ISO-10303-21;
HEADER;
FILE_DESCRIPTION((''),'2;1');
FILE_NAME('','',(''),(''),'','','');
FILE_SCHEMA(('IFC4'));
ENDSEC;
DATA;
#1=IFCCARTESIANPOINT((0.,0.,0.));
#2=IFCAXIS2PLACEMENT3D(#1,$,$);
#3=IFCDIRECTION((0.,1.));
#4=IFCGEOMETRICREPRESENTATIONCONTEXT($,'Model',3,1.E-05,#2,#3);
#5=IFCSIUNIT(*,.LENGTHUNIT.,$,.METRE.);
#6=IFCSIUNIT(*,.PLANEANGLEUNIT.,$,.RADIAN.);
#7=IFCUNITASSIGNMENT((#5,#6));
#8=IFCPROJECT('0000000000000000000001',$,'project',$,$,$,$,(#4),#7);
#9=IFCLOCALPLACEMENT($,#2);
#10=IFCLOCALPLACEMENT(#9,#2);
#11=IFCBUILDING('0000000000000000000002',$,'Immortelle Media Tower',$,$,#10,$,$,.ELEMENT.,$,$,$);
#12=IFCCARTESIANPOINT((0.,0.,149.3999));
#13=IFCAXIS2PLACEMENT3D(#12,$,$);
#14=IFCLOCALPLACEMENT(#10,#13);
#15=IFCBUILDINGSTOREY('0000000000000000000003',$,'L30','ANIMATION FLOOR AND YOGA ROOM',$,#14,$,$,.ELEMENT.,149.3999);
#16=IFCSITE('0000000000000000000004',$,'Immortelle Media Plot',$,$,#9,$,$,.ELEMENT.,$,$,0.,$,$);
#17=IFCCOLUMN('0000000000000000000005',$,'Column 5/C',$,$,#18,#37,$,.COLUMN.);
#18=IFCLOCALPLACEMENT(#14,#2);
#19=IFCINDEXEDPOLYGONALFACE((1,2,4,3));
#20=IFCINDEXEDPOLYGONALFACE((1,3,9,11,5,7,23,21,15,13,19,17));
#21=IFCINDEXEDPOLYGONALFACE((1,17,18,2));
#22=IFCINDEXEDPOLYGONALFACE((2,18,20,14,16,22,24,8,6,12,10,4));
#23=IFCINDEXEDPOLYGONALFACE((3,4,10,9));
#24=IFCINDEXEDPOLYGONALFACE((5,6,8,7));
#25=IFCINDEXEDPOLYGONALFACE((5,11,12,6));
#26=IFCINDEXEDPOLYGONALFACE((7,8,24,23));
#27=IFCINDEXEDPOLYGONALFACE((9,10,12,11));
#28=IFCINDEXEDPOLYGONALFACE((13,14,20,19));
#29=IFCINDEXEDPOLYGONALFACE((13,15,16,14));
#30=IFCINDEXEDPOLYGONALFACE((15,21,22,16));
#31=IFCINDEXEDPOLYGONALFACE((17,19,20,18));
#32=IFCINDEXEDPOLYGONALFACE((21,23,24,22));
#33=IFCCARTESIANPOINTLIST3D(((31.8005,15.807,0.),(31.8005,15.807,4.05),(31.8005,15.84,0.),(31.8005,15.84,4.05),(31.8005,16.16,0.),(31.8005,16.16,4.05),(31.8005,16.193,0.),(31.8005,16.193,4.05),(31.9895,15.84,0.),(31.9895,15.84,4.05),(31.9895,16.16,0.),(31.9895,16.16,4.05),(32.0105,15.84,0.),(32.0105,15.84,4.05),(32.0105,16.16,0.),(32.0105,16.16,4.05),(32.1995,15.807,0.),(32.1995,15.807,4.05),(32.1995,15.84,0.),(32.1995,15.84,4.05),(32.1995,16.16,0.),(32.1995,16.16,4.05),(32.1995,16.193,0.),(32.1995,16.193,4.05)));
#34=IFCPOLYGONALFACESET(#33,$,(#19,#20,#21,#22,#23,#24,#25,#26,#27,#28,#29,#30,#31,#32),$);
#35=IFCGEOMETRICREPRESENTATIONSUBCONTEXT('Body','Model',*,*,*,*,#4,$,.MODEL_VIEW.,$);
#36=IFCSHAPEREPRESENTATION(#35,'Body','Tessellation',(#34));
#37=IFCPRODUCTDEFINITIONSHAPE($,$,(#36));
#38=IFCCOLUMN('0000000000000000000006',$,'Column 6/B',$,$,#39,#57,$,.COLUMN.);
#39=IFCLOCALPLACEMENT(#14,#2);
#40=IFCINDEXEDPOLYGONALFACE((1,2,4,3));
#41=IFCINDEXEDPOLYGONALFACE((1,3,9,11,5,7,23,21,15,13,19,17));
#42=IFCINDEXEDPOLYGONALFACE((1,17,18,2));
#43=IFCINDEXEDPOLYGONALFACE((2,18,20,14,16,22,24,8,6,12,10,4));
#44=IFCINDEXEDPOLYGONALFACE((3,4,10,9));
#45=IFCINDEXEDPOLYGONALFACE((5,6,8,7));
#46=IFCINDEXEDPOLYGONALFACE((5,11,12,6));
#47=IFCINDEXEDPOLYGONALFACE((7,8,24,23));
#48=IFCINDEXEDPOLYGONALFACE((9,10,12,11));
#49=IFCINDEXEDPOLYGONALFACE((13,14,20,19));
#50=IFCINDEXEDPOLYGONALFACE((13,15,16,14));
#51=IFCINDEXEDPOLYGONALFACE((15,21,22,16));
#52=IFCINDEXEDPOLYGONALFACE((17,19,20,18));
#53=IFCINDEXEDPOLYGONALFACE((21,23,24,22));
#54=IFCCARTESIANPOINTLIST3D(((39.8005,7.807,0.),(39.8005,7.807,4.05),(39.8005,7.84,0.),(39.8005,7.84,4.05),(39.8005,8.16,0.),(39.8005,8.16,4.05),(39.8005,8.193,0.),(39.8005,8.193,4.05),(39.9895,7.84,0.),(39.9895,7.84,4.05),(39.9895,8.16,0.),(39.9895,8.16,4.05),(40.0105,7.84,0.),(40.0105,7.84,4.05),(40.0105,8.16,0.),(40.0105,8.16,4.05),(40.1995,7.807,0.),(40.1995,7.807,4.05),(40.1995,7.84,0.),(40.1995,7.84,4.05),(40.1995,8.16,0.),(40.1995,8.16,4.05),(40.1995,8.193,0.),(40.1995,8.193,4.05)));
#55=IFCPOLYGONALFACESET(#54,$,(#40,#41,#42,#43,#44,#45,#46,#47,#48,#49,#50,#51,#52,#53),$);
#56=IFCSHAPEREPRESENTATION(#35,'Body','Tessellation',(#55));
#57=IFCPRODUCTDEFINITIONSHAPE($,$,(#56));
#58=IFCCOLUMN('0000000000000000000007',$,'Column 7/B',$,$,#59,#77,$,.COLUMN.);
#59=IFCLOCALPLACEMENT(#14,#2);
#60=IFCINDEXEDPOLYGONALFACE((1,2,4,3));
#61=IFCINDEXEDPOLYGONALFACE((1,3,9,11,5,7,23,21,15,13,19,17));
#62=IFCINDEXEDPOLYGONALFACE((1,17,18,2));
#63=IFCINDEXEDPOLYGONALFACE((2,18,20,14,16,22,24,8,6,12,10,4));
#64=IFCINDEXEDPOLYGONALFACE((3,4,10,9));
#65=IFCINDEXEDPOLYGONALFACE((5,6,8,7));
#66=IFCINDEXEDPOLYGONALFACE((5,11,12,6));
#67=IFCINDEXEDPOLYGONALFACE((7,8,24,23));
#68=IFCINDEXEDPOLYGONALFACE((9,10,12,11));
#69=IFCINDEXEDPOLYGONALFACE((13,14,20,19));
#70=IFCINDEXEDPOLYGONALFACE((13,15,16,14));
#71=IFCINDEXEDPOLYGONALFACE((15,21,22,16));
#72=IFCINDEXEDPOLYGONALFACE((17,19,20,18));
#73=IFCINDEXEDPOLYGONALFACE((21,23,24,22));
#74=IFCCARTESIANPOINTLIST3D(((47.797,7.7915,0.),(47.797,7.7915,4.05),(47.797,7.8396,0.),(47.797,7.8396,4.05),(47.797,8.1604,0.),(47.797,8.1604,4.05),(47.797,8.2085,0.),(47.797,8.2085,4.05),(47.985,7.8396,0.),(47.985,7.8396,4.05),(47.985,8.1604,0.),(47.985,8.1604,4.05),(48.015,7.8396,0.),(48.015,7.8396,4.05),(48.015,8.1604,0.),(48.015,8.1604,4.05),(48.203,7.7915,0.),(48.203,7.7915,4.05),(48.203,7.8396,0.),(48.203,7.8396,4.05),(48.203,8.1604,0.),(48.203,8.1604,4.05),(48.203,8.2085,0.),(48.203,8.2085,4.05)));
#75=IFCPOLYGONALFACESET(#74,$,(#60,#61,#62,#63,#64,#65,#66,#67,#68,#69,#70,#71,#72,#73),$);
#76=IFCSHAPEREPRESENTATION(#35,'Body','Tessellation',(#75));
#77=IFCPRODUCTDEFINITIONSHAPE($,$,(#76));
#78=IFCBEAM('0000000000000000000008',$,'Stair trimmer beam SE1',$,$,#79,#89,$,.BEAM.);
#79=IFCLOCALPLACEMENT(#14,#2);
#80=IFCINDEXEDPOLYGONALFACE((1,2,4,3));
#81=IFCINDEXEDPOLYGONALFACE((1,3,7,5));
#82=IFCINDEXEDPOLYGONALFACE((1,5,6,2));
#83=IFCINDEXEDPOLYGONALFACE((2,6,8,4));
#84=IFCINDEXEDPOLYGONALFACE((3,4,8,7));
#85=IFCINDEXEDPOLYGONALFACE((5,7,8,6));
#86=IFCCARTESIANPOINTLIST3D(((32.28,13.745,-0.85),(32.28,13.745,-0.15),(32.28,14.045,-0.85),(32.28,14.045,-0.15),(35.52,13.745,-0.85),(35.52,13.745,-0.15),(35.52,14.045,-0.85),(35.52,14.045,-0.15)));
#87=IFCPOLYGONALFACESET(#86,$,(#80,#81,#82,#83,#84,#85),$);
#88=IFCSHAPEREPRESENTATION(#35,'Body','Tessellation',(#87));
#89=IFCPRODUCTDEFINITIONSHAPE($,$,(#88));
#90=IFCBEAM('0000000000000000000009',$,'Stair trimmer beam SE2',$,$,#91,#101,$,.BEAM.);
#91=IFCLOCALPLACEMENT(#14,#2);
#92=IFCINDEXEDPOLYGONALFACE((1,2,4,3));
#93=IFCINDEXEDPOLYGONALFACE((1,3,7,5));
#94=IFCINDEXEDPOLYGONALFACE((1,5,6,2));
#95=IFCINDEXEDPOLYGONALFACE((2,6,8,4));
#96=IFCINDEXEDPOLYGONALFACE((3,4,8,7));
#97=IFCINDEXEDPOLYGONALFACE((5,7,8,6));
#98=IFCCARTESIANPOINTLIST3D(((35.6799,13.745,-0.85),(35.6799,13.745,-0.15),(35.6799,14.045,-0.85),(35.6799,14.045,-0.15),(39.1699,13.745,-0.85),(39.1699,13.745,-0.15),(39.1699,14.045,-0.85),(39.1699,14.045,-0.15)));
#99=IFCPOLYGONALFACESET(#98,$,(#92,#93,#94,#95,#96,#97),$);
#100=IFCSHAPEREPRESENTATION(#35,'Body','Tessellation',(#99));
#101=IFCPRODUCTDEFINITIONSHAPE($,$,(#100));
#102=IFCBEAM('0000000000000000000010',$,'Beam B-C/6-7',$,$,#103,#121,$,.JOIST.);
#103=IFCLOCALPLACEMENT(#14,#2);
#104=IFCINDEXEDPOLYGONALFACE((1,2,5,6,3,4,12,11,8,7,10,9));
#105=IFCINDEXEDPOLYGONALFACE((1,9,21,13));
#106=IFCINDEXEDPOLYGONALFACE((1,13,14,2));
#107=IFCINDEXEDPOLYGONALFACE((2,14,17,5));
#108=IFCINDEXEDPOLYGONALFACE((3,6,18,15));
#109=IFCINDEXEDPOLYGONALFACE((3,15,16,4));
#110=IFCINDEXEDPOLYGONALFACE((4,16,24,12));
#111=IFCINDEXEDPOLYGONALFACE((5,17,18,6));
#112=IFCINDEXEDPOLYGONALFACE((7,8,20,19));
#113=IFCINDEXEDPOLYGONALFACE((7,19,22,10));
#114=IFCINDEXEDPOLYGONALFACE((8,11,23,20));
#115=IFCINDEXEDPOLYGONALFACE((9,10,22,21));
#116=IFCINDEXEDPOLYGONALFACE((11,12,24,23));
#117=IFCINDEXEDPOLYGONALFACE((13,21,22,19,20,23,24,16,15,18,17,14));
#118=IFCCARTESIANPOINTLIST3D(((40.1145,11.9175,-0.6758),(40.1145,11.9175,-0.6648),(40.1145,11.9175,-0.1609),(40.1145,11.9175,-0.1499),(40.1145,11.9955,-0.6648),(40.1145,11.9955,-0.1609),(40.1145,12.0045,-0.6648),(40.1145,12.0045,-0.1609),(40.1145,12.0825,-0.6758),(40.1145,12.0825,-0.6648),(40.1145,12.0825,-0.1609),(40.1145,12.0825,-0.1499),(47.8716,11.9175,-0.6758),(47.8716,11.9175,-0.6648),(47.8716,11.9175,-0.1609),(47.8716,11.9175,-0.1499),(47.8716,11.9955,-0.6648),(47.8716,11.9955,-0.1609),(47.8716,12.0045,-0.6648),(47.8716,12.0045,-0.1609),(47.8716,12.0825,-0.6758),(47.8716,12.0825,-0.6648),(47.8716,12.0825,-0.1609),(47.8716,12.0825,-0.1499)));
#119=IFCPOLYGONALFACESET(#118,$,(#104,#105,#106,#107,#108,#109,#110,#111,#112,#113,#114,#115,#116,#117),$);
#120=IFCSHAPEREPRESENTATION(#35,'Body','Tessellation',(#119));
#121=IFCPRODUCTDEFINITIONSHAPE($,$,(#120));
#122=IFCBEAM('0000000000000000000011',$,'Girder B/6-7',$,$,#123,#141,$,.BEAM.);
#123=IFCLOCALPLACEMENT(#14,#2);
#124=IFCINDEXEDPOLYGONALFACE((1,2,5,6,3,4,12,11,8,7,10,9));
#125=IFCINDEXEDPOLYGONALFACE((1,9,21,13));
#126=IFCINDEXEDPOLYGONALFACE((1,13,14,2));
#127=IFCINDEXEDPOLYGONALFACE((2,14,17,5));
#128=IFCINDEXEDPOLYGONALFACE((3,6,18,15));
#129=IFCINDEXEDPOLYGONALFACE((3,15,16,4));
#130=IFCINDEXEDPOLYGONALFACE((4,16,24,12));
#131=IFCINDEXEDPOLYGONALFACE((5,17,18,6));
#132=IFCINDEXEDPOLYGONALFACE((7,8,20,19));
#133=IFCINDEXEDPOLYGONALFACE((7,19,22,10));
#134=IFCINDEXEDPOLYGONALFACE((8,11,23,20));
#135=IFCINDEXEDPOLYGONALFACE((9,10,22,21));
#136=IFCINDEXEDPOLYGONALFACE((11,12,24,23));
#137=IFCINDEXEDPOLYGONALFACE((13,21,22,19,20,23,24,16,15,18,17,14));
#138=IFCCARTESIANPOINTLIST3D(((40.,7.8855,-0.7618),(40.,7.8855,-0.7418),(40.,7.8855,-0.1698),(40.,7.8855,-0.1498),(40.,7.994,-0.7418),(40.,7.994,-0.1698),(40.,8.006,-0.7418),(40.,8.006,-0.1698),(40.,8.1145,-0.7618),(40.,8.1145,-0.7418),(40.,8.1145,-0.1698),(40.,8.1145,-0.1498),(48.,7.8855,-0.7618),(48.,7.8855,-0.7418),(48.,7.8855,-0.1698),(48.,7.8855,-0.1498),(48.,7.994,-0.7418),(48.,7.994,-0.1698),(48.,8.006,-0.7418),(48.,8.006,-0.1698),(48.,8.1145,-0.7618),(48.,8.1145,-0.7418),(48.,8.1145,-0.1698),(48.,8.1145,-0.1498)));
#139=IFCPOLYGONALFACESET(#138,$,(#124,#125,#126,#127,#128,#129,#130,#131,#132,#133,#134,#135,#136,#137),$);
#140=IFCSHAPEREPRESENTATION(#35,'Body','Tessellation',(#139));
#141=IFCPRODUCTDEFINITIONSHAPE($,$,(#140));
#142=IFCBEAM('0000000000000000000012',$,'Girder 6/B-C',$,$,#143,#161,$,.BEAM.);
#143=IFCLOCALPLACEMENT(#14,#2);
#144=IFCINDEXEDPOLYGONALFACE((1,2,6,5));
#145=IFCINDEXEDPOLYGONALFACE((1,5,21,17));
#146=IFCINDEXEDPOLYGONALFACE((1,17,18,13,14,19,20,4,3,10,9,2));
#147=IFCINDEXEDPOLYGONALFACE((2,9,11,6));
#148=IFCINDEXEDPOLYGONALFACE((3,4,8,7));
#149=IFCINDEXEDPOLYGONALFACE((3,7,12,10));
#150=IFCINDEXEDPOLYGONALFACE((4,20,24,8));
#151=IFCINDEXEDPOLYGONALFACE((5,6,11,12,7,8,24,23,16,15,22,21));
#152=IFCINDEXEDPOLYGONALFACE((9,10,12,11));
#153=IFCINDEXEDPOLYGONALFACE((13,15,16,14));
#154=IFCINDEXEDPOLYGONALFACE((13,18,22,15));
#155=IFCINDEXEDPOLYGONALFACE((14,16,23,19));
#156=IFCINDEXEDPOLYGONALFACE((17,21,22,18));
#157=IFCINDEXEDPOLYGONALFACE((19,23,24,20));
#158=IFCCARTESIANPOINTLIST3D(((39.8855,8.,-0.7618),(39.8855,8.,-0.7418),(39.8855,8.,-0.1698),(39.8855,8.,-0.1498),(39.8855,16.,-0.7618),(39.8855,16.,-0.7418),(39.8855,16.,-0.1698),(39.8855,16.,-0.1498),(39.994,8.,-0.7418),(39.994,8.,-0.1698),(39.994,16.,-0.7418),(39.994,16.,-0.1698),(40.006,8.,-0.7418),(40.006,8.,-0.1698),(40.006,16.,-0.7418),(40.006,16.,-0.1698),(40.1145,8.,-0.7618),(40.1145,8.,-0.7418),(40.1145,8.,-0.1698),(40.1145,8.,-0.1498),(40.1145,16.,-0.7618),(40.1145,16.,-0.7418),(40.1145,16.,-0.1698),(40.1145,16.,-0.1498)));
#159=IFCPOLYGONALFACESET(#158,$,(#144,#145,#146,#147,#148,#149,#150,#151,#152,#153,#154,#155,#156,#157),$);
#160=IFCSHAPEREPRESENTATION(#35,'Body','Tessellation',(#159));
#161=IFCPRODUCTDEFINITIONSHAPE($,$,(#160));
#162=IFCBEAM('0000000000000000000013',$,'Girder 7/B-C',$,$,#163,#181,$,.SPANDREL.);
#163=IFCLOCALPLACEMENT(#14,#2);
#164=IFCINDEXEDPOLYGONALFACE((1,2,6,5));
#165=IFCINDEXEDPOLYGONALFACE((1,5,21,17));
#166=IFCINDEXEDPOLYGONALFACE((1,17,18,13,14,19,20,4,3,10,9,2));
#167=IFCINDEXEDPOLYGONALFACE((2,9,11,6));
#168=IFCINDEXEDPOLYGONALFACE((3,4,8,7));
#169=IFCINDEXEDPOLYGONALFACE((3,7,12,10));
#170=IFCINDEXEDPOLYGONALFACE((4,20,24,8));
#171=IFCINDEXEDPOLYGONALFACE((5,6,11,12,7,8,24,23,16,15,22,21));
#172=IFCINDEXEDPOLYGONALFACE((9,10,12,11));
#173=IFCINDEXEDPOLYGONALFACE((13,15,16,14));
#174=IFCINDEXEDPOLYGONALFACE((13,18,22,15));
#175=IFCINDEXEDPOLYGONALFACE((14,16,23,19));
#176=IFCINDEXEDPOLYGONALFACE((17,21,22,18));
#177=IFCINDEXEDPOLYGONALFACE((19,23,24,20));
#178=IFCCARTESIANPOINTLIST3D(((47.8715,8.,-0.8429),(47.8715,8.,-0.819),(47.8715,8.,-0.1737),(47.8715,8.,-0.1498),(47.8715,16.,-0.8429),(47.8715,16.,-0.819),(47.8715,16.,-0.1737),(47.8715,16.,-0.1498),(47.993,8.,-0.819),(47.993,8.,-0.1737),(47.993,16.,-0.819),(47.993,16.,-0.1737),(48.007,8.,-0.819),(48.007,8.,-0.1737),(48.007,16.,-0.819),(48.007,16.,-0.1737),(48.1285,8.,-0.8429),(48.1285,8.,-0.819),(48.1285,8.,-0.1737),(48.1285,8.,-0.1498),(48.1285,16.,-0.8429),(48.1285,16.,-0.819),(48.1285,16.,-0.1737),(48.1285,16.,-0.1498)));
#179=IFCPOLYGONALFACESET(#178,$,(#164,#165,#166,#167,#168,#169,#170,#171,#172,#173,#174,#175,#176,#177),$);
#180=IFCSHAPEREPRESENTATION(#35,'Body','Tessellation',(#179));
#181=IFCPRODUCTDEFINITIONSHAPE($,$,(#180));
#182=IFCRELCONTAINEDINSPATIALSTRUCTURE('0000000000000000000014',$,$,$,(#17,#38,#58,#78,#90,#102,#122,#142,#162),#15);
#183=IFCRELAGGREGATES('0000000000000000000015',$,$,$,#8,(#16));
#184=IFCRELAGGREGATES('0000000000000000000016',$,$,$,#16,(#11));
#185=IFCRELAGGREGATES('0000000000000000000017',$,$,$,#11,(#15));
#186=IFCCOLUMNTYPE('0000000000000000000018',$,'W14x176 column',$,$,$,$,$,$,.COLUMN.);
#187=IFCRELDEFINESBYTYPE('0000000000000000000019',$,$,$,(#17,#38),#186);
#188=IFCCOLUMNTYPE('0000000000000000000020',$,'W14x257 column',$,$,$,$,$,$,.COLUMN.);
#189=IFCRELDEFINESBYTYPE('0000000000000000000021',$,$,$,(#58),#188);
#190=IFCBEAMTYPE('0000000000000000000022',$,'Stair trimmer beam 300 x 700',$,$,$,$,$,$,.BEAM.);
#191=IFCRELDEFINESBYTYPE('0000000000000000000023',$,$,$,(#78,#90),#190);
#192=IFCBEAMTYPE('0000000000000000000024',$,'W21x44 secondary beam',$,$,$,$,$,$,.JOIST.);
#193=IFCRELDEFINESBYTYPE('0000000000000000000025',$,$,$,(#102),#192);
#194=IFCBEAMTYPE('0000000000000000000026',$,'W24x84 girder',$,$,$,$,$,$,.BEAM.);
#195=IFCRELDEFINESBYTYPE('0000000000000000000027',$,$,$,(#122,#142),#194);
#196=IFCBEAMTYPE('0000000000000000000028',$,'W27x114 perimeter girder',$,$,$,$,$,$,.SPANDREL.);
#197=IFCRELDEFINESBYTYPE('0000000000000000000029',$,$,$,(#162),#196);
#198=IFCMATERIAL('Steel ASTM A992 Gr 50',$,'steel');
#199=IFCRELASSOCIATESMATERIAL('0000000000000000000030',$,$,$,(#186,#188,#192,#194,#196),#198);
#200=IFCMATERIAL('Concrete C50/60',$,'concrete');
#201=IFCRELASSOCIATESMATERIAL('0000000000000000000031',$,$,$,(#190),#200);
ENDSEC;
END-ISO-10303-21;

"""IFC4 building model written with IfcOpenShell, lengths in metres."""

from ifc_helpers import new_model, si_unit, direction, frame, origin, origin_2d, place, context, subcontext, project, spatial, rectangle, i_section, extrude, material, material_profile, profile_set, type_object, element, save


model = new_model("IFC4")

# Units and contexts
model_context = context("Model", 3, precision=1e-05, world=origin(), true_north=direction((0.0, 1.0)))
body_context = subcontext(model_context, "Body", "Model", "MODEL_VIEW")
ifc_project = project(units=[si_unit("LENGTHUNIT", "METRE"), si_unit("PLANEANGLEUNIT", "RADIAN")], contexts=[model_context])

# Site, building, storey
site_placement = place(None, origin())
site = spatial("IfcSite", under=ifc_project, at=site_placement, Name="Immortelle Media Plot", CompositionType="ELEMENT", RefElevation=0.0)
building_placement = place(site_placement, origin())
building = spatial("IfcBuilding", under=site, at=building_placement, Name="Immortelle Media Tower", CompositionType="ELEMENT")
storey_placement = place(building_placement, frame((0.0, 0.0, 149.3999)))
storey = spatial("IfcBuildingStorey", under=building, at=storey_placement, Name="L30", Description="ANIMATION FLOOR AND YOGA ROOM", CompositionType="ELEMENT", Elevation=149.3999)

# Columns
ifc_material_1 = material(Name="Steel ASTM A992 Gr 50", Category="steel")
ifc_material_profile_1 = material_profile(ifc_material_1, i_section(OverallWidth=0.3989, OverallDepth=0.386, WebThickness=0.021, FlangeThickness=0.033, at=origin_2d()), Name="W14x176")
ifc_profile_set_1 = profile_set([ifc_material_profile_1], Name="Steel ASTM A992 Gr 50")
column_type_1 = type_object("IfcColumnType", Name="W14x176 column", PredefinedType="COLUMN", material=ifc_profile_set_1)
for number, where, z_axis, x_axis, name in (
    (1, (32.0, 16.0, 0.0), (0.0, 0.0, 1.0), (1.0, 0.0, 0.0), "Column 5/C"),
    (2, (40.0, 8.0, 0.0), (0.0, 0.0, 1.0), (1.0, 0.0, 0.0), "Column 6/B"),
):
    element("IfcColumn", number, at=place(storey_placement, frame(where, z_axis=z_axis, x_axis=x_axis)), inside=storey, type_object=column_type_1, Name=name, PredefinedType="COLUMN", context=body_context, shape_type="SweptSolid", body=[
        extrude(i_section(OverallWidth=0.3989, OverallDepth=0.386, WebThickness=0.021, FlangeThickness=0.033, at=origin_2d()), origin(), (0.0, 0.0, 1.0), 4.05),
    ])
ifc_material_profile_2 = material_profile(ifc_material_1, i_section(OverallWidth=0.406, OverallDepth=0.417, WebThickness=0.03, FlangeThickness=0.0481, at=origin_2d()), Name="W14x257")
ifc_profile_set_2 = profile_set([ifc_material_profile_2], Name="Steel ASTM A992 Gr 50")
column_type_2 = type_object("IfcColumnType", Name="W14x257 column", PredefinedType="COLUMN", material=ifc_profile_set_2)
column_placement = place(storey_placement, frame((48.0, 8.0, 0.0), z_axis=(0.0, 0.0, 1.0), x_axis=(1.0, 0.0, 0.0)))
element("IfcColumn", 3, at=column_placement, inside=storey, type_object=column_type_2, Name="Column 7/B", PredefinedType="COLUMN", context=body_context, shape_type="SweptSolid", body=[
    extrude(i_section(OverallWidth=0.406, OverallDepth=0.417, WebThickness=0.03, FlangeThickness=0.0481, at=origin_2d()), origin(), (0.0, 0.0, 1.0), 4.05),
])

# Beams
ifc_material_2 = material(Name="Concrete C50/60", Category="concrete")
ifc_material_profile_3 = material_profile(ifc_material_2, rectangle(XDim=0.3, YDim=0.7, at=origin_2d()), Name="RC 300x700")
ifc_profile_set_3 = profile_set([ifc_material_profile_3], Name="Concrete C50/60")
beam_type_1 = type_object("IfcBeamType", Name="Stair trimmer beam 300 x 700", PredefinedType="BEAM", material=ifc_profile_set_3)
beam_1_placement = place(storey_placement, frame((32.28, 13.895, -0.5), z_axis=(1.0, 0.0, 0.0), x_axis=(0.0, 1.0, 0.0)))
element("IfcBeam", 4, at=beam_1_placement, inside=storey, type_object=beam_type_1, Name="Stair trimmer beam SE1", PredefinedType="BEAM", context=body_context, shape_type="SweptSolid", body=[
    extrude(rectangle(XDim=0.3, YDim=0.7, at=origin_2d()), origin(), (0.0, 0.0, 1.0), 3.24),
])
beam_2_placement = place(storey_placement, frame((35.6799, 13.895, -0.5), z_axis=(1.0, 0.0, 0.0), x_axis=(0.0, 1.0, 0.0)))
element("IfcBeam", 5, at=beam_2_placement, inside=storey, type_object=beam_type_1, Name="Stair trimmer beam SE2", PredefinedType="BEAM", context=body_context, shape_type="SweptSolid", body=[
    extrude(rectangle(XDim=0.3, YDim=0.7, at=origin_2d()), origin(), (0.0, 0.0, 1.0), 3.49),
])
ifc_material_profile_4 = material_profile(ifc_material_1, i_section(OverallWidth=0.165, OverallDepth=0.5259, WebThickness=0.009, FlangeThickness=0.011, at=origin_2d()), Name="W21x44")
ifc_profile_set_4 = profile_set([ifc_material_profile_4], Name="Steel ASTM A992 Gr 50")
beam_type_2 = type_object("IfcBeamType", Name="W21x44 secondary beam", PredefinedType="JOIST", material=ifc_profile_set_4)
beam_3_placement = place(storey_placement, frame((40.1145, 12.0, -0.4128), z_axis=(1.0, 0.0, 0.0), x_axis=(0.0, 1.0, 0.0)))
element("IfcBeam", 6, at=beam_3_placement, inside=storey, type_object=beam_type_2, Name="Beam B-C/6-7", PredefinedType="JOIST", context=body_context, shape_type="SweptSolid", body=[
    extrude(i_section(OverallWidth=0.165, OverallDepth=0.5259, WebThickness=0.009, FlangeThickness=0.011, at=origin_2d()), origin(), (0.0, 0.0, 1.0), 7.7571),
])
ifc_material_profile_5 = material_profile(ifc_material_1, i_section(OverallWidth=0.229, OverallDepth=0.6121, WebThickness=0.012, FlangeThickness=0.02, at=origin_2d()), Name="W24x84")
ifc_profile_set_5 = profile_set([ifc_material_profile_5], Name="Steel ASTM A992 Gr 50")
beam_type_3 = type_object("IfcBeamType", Name="W24x84 girder", PredefinedType="BEAM", material=ifc_profile_set_5)
for number, where, z_axis, x_axis, name in (
    (7, (40.0, 8.0, -0.4558), (1.0, 0.0, 0.0), (0.0, 1.0, 0.0), "Girder B/6-7"),
    (8, (40.0, 8.0, -0.4558), (0.0, 1.0, 0.0), (-1.0, 0.0, 0.0), "Girder 6/B-C"),
):
    element("IfcBeam", number, at=place(storey_placement, frame(where, z_axis=z_axis, x_axis=x_axis)), inside=storey, type_object=beam_type_3, Name=name, PredefinedType="BEAM", context=body_context, shape_type="SweptSolid", body=[
        extrude(i_section(OverallWidth=0.229, OverallDepth=0.6121, WebThickness=0.012, FlangeThickness=0.02, at=origin_2d()), origin(), (0.0, 0.0, 1.0), 8.0),
    ])
ifc_material_profile_6 = material_profile(ifc_material_1, i_section(OverallWidth=0.2571, OverallDepth=0.6931, WebThickness=0.0139, FlangeThickness=0.0239, at=origin_2d()), Name="W27x114")
ifc_profile_set_6 = profile_set([ifc_material_profile_6], Name="Steel ASTM A992 Gr 50")
beam_type_4 = type_object("IfcBeamType", Name="W27x114 perimeter girder", PredefinedType="SPANDREL", material=ifc_profile_set_6)
beam_4_placement = place(storey_placement, frame((48.0, 8.0, -0.4963), z_axis=(0.0, 1.0, 0.0), x_axis=(-1.0, 0.0, 0.0)))
element("IfcBeam", 9, at=beam_4_placement, inside=storey, type_object=beam_type_4, Name="Girder 7/B-C", PredefinedType="SPANDREL", context=body_context, shape_type="SweptSolid", body=[
    extrude(i_section(OverallWidth=0.2571, OverallDepth=0.6931, WebThickness=0.0139, FlangeThickness=0.0239, at=origin_2d()), origin(), (0.0, 0.0, 1.0), 8.0),
])

save(model, "model.ifc")
